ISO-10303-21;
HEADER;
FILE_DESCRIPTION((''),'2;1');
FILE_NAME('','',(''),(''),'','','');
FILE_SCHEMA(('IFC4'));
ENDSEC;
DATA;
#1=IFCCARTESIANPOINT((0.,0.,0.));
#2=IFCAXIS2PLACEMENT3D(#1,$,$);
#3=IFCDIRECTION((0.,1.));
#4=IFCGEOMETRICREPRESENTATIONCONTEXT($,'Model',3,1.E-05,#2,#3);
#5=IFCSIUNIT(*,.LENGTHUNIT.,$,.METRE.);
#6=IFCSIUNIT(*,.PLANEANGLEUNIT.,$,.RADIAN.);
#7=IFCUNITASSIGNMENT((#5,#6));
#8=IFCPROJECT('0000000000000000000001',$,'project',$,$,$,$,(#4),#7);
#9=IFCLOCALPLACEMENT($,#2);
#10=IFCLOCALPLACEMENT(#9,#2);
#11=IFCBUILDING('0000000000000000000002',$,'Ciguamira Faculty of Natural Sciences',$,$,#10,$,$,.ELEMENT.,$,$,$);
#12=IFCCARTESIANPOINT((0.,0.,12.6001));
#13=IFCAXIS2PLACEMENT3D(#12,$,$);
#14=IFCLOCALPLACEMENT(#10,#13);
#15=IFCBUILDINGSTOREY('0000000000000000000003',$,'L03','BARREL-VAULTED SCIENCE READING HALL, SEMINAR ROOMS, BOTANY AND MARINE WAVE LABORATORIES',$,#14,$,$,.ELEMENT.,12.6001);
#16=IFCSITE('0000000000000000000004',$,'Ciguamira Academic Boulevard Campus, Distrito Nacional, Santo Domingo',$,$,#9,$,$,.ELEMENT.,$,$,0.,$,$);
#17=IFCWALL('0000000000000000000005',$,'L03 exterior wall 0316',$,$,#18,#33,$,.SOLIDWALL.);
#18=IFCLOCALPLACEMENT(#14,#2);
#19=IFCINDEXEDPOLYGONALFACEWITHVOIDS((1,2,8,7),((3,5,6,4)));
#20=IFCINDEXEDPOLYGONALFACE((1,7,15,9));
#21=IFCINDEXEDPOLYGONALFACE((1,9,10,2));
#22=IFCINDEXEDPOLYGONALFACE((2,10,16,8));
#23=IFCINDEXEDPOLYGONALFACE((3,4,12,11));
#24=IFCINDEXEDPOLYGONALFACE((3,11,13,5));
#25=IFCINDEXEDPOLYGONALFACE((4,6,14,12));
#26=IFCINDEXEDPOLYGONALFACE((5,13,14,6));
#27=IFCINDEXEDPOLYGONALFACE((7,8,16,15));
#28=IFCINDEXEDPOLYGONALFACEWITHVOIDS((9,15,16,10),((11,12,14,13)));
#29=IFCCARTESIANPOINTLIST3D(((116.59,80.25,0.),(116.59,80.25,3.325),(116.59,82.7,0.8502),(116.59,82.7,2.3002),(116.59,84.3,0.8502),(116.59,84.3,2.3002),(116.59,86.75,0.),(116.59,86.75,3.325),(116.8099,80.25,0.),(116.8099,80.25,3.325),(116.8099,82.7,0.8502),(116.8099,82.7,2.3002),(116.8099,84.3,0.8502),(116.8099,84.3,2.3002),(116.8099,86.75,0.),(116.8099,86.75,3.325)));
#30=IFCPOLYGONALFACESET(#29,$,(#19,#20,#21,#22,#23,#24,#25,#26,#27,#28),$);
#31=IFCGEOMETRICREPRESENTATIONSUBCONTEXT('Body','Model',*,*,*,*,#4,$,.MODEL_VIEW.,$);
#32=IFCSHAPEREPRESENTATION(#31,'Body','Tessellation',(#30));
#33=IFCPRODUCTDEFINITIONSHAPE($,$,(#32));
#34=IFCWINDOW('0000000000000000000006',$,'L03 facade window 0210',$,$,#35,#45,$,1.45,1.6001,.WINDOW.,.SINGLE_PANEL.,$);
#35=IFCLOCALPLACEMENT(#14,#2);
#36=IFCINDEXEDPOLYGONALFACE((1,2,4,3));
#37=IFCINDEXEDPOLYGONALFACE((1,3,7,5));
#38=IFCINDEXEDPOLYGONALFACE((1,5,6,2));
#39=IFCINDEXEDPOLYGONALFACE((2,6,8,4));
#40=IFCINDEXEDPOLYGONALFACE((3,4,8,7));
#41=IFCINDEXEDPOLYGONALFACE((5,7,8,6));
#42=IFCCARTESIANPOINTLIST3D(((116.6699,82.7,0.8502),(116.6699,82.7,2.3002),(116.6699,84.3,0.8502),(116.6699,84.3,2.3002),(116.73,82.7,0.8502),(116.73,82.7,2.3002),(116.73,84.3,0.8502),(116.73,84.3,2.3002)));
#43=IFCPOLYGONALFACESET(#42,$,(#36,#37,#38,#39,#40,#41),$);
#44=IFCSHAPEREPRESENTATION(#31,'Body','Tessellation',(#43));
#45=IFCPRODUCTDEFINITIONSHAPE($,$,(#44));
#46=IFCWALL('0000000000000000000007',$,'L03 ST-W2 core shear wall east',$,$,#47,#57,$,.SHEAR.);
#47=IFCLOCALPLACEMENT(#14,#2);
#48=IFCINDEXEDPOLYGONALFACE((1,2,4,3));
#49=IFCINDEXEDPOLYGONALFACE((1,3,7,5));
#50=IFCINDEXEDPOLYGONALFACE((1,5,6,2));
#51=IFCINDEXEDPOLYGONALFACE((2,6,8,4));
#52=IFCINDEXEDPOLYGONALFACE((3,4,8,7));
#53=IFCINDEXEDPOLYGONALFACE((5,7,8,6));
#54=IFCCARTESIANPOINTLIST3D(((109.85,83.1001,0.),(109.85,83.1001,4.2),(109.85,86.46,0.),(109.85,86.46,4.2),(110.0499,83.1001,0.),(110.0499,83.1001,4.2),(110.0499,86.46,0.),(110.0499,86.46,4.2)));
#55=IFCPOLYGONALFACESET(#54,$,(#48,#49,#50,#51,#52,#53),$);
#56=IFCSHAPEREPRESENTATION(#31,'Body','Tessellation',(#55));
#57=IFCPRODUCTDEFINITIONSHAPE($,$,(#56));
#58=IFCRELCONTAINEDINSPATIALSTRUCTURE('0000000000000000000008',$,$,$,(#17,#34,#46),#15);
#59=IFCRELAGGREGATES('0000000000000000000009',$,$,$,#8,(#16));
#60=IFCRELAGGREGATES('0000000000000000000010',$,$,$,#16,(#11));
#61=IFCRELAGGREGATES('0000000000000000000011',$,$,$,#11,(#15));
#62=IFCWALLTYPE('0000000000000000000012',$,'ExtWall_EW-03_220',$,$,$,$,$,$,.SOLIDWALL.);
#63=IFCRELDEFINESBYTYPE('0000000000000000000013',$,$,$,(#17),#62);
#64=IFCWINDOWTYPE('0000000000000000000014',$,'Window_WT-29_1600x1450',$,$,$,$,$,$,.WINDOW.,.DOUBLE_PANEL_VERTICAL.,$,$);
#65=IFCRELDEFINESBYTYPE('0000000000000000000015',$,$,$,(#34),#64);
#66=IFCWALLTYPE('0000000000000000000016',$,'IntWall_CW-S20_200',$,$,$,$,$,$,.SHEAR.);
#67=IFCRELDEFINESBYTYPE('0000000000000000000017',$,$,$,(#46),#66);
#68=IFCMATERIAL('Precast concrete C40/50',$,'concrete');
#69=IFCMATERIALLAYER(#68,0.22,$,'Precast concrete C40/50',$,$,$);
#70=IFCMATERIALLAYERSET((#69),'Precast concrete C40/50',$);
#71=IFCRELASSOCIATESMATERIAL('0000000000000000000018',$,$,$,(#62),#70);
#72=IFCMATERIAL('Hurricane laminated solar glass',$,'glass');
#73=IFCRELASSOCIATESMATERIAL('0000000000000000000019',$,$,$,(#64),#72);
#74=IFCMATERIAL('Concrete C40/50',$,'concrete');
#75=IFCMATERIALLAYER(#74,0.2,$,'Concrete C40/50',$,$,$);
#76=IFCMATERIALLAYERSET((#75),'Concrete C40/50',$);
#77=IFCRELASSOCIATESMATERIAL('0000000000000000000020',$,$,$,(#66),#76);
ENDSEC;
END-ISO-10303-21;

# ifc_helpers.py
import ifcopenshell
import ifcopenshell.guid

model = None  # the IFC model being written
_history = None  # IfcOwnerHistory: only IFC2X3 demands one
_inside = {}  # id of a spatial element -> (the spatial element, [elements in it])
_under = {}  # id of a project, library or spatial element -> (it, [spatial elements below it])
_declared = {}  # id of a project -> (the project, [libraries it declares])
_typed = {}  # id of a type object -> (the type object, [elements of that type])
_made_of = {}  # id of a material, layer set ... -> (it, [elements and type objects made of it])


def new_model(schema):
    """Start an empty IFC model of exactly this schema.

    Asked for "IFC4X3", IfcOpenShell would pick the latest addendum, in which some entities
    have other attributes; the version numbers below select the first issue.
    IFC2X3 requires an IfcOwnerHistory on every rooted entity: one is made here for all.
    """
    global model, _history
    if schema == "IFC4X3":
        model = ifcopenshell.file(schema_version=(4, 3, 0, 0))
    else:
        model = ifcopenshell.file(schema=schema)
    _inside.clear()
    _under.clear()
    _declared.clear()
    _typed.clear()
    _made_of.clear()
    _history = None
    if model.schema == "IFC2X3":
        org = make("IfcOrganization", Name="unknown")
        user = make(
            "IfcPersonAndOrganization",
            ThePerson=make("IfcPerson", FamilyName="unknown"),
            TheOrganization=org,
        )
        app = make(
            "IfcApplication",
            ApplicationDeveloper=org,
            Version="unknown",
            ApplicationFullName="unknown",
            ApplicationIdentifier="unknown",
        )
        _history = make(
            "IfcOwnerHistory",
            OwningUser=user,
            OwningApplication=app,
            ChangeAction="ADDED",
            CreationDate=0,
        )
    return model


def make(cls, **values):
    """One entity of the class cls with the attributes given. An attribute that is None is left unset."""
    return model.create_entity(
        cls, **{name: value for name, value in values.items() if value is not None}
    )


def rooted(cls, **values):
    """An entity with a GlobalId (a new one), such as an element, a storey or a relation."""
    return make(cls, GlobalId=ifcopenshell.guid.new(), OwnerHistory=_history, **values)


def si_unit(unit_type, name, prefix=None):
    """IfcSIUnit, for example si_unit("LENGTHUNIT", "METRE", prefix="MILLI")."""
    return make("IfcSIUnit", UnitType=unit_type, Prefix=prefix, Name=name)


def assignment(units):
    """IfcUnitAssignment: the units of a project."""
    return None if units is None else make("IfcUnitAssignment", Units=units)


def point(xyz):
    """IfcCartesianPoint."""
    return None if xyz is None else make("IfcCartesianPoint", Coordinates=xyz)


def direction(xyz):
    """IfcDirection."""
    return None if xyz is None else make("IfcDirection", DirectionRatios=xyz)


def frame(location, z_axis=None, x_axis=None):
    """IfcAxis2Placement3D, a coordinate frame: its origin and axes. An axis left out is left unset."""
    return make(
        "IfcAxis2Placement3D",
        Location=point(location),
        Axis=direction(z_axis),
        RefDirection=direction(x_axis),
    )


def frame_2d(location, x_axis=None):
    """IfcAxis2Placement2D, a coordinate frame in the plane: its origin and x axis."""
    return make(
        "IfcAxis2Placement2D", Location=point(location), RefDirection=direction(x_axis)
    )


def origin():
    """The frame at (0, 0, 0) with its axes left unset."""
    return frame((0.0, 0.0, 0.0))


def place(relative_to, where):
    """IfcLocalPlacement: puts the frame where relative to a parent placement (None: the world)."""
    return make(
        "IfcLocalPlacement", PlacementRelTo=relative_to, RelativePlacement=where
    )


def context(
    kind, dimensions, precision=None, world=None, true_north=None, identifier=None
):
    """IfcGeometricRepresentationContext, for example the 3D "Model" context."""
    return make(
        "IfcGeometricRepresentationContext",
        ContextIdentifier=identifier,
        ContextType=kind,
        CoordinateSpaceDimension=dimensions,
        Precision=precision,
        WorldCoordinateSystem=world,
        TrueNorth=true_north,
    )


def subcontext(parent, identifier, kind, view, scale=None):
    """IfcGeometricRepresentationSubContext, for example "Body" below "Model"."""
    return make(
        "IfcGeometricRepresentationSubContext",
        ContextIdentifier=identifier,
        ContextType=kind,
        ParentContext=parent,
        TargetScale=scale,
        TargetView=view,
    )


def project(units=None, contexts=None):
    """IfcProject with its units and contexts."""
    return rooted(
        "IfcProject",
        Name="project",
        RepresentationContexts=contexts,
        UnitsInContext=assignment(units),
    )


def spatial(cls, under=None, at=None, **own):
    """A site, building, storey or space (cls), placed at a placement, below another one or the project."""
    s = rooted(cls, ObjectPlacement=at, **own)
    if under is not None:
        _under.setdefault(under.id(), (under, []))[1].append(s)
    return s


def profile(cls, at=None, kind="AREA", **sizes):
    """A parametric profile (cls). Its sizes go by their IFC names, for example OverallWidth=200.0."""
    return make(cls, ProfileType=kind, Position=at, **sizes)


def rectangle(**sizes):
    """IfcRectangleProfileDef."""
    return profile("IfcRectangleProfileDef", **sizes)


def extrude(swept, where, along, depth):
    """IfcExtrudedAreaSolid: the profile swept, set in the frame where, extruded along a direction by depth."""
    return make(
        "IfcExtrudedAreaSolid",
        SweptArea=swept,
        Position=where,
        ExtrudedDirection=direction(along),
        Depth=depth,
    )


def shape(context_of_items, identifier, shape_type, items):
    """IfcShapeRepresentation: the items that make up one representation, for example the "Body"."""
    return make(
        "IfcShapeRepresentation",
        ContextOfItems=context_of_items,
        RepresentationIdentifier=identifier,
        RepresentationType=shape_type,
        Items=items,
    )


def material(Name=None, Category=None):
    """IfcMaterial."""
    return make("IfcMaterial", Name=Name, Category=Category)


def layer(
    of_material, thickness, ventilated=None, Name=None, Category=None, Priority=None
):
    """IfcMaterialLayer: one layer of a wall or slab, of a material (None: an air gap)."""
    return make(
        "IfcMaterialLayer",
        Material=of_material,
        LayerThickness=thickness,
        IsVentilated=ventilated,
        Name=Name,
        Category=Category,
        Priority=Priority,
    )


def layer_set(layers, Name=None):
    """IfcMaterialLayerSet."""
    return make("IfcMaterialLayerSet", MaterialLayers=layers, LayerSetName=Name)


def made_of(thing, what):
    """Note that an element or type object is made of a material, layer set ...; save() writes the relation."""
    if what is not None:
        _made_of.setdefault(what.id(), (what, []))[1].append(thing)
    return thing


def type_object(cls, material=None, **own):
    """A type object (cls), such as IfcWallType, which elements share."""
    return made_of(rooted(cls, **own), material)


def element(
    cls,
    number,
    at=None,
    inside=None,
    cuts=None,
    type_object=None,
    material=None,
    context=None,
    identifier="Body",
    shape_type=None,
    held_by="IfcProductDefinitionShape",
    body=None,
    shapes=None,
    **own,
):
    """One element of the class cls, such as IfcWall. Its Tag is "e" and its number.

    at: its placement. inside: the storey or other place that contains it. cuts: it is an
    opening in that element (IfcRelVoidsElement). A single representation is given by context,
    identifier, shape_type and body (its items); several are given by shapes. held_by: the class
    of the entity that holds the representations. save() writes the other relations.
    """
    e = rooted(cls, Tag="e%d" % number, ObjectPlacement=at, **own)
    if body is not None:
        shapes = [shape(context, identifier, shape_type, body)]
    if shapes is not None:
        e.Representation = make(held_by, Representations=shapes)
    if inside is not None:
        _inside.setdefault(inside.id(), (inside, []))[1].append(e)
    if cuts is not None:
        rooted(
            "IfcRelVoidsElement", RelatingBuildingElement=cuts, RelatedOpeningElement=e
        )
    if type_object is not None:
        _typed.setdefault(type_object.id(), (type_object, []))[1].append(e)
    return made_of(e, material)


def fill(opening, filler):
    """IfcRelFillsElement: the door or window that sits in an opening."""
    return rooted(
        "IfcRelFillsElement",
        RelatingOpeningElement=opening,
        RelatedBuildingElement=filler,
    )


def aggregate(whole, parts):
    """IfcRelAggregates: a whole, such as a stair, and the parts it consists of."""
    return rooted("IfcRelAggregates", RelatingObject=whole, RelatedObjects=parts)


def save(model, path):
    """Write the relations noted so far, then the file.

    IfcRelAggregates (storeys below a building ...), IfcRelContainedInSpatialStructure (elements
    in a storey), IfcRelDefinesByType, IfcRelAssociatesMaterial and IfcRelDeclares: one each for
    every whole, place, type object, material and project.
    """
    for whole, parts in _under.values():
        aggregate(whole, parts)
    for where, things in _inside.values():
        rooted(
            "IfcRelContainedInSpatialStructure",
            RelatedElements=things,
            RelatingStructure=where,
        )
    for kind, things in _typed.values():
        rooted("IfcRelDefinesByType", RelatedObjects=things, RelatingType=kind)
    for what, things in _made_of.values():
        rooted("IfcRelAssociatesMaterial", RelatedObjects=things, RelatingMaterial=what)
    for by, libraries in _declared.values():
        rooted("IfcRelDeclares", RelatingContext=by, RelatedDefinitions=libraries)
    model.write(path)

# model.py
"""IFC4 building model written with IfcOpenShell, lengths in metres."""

from ifc_helpers import new_model, si_unit, direction, frame, frame_2d, origin, place, context, subcontext, project, spatial, rectangle, extrude, material, layer, layer_set, type_object, element, fill, save


model = new_model("IFC4")

# Units and contexts
model_context = context("Model", 3, precision=1e-05, world=origin(), true_north=direction((0.0, 1.0)))
body_context = subcontext(model_context, "Body", "Model", "MODEL_VIEW")
ifc_project = project(units=[si_unit("LENGTHUNIT", "METRE"), si_unit("PLANEANGLEUNIT", "RADIAN")], contexts=[model_context])

# Site, building, storey
site_placement = place(None, origin())
site = spatial("IfcSite", under=ifc_project, at=site_placement, Name="Ciguamira Academic Boulevard Campus, Distrito Nacional, Santo Domingo", CompositionType="ELEMENT", RefElevation=0.0)
building_placement = place(site_placement, origin())
building = spatial("IfcBuilding", under=site, at=building_placement, Name="Ciguamira Faculty of Natural Sciences", CompositionType="ELEMENT")
storey_placement = place(building_placement, frame((0.0, 0.0, 12.6001)))
storey = spatial("IfcBuildingStorey", under=building, at=storey_placement, Name="L03", Description="BARREL-VAULTED SCIENCE READING HALL, SEMINAR ROOMS, BOTANY AND MARINE WAVE LABORATORIES", CompositionType="ELEMENT", Elevation=12.6001)

# Shared definitions
ifc_material_1 = material(Name="Concrete C40/50", Category="concrete")

# Shared definitions
ifc_material_2 = material(Name="Precast concrete C40/50", Category="concrete")

# Wall, opening, window
ifc_layer_1 = layer(ifc_material_2, 0.22, Name="Precast concrete C40/50")
ifc_layer_set_1 = layer_set([ifc_layer_1], Name="Precast concrete C40/50")
wall_type_1 = type_object("IfcWallType", Name="ExtWall_EW-03_220", PredefinedType="SOLIDWALL", material=ifc_layer_set_1)
ifc_material_3 = material(Name="Hurricane laminated solar glass", Category="glass")
wall_1_placement = place(storey_placement, frame((116.7, 80.25, 0.0), z_axis=(0.0, 0.0, 1.0), x_axis=(0.0, 1.0, 0.0)))
wall_1 = element("IfcWall", 1, at=wall_1_placement, inside=storey, type_object=wall_type_1, Name="L03 exterior wall 0316", PredefinedType="SOLIDWALL", context=body_context, shape_type="SweptSolid", body=[
    extrude(rectangle(XDim=6.5, YDim=0.22, at=frame_2d((3.25, 0.0))), origin(), (0.0, 0.0, 1.0), 3.325),
])
opening_1_placement = place(wall_1_placement, frame((2.45, 0.0, 0.8501)))
opening_1 = element("IfcOpeningElement", 2, at=opening_1_placement, cuts=wall_1, PredefinedType="OPENING", context=body_context, shape_type="SweptSolid", body=[
    extrude(rectangle(XDim=1.6001, YDim=1.45, at=frame_2d((0.8, 0.7251))), frame((0.0, 0.1199, 0.0), z_axis=(0.0, -1.0, 0.0), x_axis=(1.0, 0.0, 0.0)), (0.0, 0.0, 1.0), 0.24),
])
window_type_1 = type_object("IfcWindowType", Name="Window_WT-29_1600x1450", PartitioningType="DOUBLE_PANEL_VERTICAL", PredefinedType="WINDOW", material=ifc_material_3)
window_1_placement = place(opening_1_placement, origin())
window_1 = element("IfcWindow", 3, at=window_1_placement, inside=storey, type_object=window_type_1, Name="L03 facade window 0210", OverallHeight=1.45, OverallWidth=1.6001, PartitioningType="SINGLE_PANEL", PredefinedType="WINDOW", context=body_context, shape_type="SweptSolid", body=[
    extrude(rectangle(XDim=1.6001, YDim=1.45, at=frame_2d((0.8, 0.7251))), frame((0.0, 0.03, 0.0), z_axis=(0.0, -1.0, 0.0), x_axis=(1.0, 0.0, 0.0)), (0.0, 0.0, 1.0), 0.0601),
])
fill(opening_1, window_1)

# Wall
ifc_layer_2 = layer(ifc_material_1, 0.2, Name="Concrete C40/50")
ifc_layer_set_2 = layer_set([ifc_layer_2], Name="Concrete C40/50")
wall_type_2 = type_object("IfcWallType", Name="IntWall_CW-S20_200", PredefinedType="SHEAR", material=ifc_layer_set_2)
wall_2_placement = place(storey_placement, frame((109.95, 83.1001, 0.0), z_axis=(0.0, 0.0, 1.0), x_axis=(0.0, 1.0, 0.0)))
element("IfcWall", 4, at=wall_2_placement, inside=storey, type_object=wall_type_2, Name="L03 ST-W2 core shear wall east", PredefinedType="SHEAR", context=body_context, shape_type="SweptSolid", body=[
    extrude(rectangle(XDim=3.3599, YDim=0.2, at=frame_2d((1.6799, 0.0))), origin(), (0.0, 0.0, 1.0), 4.2),
])

save(model, "model.ifc")
